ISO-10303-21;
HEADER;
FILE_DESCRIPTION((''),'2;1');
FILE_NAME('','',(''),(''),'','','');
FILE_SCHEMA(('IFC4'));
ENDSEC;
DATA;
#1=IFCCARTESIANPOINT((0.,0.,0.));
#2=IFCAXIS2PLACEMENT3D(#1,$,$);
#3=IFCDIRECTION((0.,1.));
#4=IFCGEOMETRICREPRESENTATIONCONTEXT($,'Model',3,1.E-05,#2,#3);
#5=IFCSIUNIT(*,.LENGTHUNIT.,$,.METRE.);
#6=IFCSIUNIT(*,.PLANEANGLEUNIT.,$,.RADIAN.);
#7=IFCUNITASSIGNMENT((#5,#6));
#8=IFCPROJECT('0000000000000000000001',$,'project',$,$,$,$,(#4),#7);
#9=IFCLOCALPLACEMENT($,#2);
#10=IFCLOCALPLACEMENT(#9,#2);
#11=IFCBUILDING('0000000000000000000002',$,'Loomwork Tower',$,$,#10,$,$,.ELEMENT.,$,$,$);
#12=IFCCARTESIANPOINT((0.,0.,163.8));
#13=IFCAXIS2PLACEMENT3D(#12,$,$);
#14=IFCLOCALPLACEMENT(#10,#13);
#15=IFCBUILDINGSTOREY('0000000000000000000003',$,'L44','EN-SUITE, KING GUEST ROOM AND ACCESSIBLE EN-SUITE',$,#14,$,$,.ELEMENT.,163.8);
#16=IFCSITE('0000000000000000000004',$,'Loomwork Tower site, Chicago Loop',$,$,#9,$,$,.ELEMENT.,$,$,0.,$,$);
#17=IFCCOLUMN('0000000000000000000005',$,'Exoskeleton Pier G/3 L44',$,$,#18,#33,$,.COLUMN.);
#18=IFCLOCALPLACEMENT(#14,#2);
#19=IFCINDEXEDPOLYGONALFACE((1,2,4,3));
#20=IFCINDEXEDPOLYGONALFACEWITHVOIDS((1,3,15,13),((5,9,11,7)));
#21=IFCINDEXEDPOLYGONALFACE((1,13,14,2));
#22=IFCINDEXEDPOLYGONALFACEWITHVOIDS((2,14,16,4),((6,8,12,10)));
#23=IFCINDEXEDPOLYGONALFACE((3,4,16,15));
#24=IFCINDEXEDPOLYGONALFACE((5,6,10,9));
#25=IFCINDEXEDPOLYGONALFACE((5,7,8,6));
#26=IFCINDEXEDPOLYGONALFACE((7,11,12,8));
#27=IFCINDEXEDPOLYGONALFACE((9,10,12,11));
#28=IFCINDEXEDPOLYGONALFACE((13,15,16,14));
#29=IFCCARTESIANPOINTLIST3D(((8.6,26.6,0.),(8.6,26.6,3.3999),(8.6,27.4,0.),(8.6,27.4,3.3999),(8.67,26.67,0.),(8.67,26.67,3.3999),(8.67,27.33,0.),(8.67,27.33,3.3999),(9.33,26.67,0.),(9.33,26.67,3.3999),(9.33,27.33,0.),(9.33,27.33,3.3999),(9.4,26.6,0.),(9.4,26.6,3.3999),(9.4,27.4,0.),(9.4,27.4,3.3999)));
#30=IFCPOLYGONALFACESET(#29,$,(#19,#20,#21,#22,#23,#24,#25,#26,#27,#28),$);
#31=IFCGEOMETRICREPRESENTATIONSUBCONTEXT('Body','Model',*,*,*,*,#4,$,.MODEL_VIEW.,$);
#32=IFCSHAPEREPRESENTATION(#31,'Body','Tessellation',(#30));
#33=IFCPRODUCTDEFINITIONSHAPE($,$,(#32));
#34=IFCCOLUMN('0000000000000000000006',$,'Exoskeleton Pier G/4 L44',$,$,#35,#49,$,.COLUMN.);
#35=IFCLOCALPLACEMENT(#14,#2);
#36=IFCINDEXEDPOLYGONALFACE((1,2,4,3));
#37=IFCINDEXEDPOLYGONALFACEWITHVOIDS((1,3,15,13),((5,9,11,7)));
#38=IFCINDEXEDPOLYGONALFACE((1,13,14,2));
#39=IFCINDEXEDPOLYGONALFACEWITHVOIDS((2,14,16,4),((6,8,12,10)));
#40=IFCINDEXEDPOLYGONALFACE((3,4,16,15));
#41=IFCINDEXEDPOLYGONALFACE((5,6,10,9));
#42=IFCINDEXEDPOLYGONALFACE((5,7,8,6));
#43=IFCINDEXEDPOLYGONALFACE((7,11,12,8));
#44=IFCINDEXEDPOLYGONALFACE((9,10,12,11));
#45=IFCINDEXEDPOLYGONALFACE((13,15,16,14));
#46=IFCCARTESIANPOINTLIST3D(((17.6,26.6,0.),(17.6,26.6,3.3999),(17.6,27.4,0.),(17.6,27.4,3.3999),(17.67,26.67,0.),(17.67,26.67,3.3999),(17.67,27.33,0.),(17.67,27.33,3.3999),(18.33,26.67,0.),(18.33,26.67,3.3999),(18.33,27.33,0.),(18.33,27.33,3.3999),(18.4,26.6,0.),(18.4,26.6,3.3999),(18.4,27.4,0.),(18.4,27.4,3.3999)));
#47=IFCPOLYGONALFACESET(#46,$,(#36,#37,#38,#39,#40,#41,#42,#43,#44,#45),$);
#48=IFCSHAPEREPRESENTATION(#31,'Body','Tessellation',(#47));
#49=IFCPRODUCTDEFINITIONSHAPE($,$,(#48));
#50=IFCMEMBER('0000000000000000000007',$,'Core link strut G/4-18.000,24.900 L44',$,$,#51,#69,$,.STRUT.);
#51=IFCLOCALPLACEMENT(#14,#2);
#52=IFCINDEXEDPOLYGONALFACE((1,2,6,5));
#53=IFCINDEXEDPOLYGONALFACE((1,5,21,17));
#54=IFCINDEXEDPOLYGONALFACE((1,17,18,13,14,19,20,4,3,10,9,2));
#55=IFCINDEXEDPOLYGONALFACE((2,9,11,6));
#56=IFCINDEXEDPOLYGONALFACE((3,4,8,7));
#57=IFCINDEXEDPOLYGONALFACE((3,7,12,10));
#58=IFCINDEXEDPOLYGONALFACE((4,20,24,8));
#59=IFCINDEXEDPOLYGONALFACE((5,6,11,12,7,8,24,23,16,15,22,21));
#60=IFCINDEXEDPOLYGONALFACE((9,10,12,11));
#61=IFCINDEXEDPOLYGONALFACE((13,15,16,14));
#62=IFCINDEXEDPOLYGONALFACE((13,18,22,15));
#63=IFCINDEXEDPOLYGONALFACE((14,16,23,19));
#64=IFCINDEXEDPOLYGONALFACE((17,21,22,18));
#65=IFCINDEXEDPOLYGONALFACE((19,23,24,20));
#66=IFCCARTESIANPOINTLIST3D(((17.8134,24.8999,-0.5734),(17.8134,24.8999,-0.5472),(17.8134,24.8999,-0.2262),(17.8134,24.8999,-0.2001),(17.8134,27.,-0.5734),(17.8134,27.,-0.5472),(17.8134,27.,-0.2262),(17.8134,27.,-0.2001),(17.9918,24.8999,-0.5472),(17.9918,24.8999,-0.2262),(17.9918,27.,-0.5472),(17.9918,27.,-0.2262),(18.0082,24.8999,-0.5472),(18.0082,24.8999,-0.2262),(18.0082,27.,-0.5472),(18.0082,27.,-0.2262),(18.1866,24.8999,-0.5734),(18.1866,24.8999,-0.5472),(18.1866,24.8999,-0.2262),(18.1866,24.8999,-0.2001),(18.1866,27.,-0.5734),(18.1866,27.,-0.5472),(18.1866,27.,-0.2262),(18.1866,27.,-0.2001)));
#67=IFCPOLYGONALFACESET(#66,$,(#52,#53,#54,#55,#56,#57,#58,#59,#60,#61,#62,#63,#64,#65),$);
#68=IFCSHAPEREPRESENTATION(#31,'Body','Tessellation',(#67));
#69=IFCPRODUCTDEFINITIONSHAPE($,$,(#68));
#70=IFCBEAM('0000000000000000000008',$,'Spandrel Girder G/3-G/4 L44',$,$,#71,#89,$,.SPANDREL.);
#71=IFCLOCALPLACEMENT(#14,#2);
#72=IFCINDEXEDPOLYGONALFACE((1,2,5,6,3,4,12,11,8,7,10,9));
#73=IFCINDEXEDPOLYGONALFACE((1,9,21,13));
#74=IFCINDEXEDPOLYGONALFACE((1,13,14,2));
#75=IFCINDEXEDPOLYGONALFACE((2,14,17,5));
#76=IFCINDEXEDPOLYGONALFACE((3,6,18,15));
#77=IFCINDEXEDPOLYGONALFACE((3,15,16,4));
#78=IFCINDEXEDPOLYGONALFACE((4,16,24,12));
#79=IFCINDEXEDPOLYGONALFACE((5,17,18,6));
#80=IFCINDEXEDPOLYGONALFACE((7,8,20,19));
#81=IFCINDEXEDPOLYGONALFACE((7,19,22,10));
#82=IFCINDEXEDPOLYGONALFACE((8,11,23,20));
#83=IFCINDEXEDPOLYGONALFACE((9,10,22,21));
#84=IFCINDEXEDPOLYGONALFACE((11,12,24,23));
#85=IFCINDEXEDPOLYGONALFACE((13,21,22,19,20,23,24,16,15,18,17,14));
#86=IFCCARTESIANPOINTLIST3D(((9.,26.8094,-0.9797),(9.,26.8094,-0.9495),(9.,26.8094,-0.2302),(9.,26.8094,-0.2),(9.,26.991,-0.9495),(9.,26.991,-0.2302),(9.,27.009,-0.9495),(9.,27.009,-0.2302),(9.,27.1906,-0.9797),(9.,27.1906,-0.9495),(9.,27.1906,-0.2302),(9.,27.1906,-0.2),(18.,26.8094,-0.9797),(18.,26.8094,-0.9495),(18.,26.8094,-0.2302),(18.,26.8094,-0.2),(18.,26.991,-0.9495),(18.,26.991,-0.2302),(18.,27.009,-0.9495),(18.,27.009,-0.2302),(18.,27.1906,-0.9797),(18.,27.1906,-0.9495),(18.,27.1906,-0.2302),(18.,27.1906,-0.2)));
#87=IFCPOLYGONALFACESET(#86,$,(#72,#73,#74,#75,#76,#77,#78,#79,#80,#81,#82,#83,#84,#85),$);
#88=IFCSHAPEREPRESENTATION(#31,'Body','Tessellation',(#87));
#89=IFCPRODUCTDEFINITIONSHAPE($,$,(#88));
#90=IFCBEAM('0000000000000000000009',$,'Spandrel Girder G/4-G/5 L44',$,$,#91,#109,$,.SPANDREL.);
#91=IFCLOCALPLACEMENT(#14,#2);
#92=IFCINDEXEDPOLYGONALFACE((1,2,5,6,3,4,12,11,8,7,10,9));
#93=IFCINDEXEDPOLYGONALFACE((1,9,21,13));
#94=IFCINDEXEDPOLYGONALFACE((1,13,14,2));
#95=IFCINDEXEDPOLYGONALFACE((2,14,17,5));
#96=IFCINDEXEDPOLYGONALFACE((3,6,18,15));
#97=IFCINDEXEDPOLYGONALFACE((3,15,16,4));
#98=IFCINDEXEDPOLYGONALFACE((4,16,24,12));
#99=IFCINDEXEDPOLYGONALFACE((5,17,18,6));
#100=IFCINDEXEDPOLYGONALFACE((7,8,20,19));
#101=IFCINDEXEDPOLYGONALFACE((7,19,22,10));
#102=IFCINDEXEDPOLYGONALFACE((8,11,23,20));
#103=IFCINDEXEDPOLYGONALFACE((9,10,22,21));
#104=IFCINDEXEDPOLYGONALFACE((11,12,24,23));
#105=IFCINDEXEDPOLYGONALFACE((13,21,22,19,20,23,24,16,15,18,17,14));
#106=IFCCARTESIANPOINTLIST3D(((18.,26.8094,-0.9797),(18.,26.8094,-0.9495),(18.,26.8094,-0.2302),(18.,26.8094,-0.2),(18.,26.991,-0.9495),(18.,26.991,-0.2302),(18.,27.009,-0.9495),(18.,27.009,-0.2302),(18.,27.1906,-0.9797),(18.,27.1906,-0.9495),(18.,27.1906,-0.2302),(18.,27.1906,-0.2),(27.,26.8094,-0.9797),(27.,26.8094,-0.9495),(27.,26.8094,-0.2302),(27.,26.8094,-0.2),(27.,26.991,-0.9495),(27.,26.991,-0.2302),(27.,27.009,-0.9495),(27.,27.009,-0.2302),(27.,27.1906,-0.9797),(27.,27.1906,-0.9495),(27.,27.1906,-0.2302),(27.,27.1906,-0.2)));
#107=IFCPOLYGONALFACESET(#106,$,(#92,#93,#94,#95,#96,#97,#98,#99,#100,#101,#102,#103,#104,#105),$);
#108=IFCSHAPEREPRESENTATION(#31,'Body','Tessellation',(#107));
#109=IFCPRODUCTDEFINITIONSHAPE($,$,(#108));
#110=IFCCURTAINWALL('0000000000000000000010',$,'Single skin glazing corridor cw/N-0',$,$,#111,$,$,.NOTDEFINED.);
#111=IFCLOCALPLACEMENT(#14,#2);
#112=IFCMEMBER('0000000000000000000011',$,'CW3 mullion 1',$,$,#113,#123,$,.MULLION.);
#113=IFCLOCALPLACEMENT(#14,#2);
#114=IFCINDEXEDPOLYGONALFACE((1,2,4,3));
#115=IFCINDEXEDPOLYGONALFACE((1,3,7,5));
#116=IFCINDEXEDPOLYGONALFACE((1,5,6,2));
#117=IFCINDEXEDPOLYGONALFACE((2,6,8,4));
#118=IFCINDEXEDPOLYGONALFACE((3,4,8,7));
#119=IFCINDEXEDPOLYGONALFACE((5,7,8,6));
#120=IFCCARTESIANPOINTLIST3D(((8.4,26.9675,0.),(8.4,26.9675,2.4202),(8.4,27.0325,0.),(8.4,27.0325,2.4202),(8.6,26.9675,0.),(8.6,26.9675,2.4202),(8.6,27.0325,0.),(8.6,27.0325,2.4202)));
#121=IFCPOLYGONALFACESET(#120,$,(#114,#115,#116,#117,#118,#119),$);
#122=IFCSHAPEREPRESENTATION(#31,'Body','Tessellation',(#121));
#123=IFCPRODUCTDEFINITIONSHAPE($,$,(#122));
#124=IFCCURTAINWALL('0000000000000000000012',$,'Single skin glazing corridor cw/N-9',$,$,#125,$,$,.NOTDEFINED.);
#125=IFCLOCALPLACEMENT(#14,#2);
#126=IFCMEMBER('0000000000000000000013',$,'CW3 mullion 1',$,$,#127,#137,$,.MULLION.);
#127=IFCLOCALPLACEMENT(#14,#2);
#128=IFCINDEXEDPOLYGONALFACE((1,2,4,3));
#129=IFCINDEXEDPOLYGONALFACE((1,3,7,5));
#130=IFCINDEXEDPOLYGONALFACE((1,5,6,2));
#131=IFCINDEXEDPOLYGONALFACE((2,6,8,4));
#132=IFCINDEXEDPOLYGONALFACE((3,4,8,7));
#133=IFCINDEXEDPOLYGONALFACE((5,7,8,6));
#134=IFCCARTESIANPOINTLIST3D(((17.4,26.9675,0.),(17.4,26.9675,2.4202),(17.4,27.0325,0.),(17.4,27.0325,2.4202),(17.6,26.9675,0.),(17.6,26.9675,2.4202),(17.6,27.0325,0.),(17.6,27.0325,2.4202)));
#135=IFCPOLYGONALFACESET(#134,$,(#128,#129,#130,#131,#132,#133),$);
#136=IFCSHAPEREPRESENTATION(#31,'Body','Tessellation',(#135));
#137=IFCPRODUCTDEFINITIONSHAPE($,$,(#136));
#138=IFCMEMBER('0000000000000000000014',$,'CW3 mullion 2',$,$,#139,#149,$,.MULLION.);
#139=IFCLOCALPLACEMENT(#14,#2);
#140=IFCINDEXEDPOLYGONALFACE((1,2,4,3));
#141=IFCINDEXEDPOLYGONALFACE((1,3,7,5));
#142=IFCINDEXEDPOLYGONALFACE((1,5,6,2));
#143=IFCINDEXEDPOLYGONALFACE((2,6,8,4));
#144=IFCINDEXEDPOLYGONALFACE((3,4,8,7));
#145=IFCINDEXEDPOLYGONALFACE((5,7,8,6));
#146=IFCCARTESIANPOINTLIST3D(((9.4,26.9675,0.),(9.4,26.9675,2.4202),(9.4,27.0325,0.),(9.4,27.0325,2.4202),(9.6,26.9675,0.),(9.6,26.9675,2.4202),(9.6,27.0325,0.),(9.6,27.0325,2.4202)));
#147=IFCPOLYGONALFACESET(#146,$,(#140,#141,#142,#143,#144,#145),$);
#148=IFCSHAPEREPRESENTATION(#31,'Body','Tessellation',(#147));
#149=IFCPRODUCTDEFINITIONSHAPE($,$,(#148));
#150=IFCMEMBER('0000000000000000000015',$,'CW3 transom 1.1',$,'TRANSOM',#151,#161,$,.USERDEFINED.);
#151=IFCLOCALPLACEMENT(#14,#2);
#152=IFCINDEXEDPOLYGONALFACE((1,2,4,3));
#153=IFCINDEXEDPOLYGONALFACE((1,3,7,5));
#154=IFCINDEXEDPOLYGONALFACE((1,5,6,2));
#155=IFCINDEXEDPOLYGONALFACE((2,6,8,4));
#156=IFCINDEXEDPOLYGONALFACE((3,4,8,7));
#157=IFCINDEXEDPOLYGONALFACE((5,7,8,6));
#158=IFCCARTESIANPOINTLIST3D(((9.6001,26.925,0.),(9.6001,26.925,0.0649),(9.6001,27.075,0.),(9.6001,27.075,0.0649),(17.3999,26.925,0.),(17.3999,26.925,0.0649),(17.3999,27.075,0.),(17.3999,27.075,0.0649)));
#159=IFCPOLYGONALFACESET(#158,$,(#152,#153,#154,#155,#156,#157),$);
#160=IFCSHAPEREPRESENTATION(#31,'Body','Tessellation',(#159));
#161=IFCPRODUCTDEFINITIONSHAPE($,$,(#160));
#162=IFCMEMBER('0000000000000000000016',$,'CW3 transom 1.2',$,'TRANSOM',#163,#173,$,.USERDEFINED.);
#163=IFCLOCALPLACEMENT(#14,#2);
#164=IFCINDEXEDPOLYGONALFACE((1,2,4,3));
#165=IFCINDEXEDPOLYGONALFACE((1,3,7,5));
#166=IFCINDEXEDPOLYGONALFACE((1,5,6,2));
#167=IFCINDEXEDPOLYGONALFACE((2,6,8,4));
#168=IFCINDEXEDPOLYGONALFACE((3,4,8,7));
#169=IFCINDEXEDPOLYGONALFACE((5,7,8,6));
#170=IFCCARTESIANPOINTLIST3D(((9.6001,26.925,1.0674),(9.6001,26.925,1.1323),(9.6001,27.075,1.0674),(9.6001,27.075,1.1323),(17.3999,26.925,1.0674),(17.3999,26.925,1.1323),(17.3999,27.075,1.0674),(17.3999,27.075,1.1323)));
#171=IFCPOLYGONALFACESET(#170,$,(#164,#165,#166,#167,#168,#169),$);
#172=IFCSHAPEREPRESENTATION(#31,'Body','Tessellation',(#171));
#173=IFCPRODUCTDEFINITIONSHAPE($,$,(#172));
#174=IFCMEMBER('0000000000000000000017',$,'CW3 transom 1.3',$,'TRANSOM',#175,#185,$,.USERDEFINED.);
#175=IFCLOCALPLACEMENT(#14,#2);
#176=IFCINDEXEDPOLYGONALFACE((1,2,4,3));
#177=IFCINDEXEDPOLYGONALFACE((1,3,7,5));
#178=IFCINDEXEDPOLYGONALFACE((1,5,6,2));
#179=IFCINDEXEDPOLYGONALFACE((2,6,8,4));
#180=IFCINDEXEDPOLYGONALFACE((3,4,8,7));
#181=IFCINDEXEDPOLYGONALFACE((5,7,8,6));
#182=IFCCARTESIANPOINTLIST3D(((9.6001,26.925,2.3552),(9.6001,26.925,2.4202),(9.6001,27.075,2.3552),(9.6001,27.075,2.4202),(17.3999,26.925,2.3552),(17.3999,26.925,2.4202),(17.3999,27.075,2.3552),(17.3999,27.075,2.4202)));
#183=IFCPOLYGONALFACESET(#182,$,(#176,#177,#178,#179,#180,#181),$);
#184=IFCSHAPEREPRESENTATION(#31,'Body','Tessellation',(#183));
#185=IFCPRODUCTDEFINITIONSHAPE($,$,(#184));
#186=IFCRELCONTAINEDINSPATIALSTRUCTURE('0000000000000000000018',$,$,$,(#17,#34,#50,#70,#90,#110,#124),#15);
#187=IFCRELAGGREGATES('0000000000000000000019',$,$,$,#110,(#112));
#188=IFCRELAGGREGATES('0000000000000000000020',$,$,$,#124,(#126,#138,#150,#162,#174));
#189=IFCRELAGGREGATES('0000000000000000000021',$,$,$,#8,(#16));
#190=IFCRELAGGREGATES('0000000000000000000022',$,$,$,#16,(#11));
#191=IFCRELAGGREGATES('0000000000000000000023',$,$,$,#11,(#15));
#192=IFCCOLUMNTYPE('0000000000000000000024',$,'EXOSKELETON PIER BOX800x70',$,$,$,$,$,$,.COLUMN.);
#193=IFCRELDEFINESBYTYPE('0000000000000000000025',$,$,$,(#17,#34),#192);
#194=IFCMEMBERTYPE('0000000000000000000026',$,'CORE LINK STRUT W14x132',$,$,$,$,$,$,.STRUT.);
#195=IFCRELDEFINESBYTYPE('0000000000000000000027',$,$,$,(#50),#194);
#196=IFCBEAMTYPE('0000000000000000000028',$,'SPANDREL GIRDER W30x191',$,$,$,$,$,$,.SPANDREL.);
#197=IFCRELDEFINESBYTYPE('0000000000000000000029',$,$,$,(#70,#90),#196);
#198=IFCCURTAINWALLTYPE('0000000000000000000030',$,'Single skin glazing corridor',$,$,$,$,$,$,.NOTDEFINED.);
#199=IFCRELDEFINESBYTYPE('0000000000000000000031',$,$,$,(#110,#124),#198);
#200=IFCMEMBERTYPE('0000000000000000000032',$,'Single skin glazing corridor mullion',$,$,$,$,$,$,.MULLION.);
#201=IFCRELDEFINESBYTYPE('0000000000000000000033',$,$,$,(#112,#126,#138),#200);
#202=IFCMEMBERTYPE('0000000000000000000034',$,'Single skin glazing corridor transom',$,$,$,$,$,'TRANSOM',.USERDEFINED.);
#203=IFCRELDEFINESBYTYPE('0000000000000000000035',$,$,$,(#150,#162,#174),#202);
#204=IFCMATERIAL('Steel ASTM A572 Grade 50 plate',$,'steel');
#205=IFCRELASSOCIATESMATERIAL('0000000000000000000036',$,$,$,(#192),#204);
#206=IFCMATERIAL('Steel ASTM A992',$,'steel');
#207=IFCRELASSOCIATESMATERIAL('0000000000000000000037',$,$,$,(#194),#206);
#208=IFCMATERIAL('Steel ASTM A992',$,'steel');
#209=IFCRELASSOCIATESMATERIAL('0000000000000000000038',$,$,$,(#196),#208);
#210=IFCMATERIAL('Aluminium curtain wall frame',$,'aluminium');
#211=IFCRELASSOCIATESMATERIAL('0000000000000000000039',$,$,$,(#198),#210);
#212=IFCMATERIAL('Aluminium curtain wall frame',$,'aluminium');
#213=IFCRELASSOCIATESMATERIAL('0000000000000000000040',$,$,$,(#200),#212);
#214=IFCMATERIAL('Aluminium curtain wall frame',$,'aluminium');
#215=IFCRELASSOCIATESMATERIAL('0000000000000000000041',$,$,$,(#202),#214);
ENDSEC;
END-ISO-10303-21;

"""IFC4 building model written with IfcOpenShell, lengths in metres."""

from ifc_helpers import new_model, si_unit, direction, frame, origin, origin_2d, place, context, subcontext, project, spatial, rectangle, hollow_rectangle, i_section, extrude, material, material_profile, profile_set, type_object, element, aggregate, save


model = new_model("IFC4")

# Units and contexts
model_context = context("Model", 3, precision=1e-05, world=origin(), true_north=direction((0.0, 1.0)))
body_context = subcontext(model_context, "Body", "Model", "MODEL_VIEW")
ifc_project = project(units=[si_unit("LENGTHUNIT", "METRE"), si_unit("PLANEANGLEUNIT", "RADIAN")], contexts=[model_context])

# Site, building, storey
site_placement = place(None, origin())
site = spatial("IfcSite", under=ifc_project, at=site_placement, Name="Loomwork Tower site, Chicago Loop", CompositionType="ELEMENT", RefElevation=0.0)
building_placement = place(site_placement, origin())
building = spatial("IfcBuilding", under=site, at=building_placement, Name="Loomwork Tower", CompositionType="ELEMENT")
storey_placement = place(building_placement, frame((0.0, 0.0, 163.8)))
storey = spatial("IfcBuildingStorey", under=building, at=storey_placement, Name="L44", Description="EN-SUITE, KING GUEST ROOM AND ACCESSIBLE EN-SUITE", CompositionType="ELEMENT", Elevation=163.8)

# Columns
ifc_material_1 = material(Name="Steel ASTM A572 Grade 50 plate", Category="steel")
ifc_material_profile_1 = material_profile(ifc_material_1, hollow_rectangle(XDim=0.8, YDim=0.8, WallThickness=0.0701, at=origin_2d()), Name="BOX800x70")
ifc_profile_set_1 = profile_set([ifc_material_profile_1], Name="Steel ASTM A572 Grade 50 plate")
column_type = type_object("IfcColumnType", Name="EXOSKELETON PIER BOX800x70", PredefinedType="COLUMN", material=ifc_profile_set_1)
for number, where, z_axis, x_axis, name in (
    (1, (9.0, 27.0, 0.0), (0.0, 0.0, 1.0), (1.0, 0.0, 0.0), "Exoskeleton Pier G/3 L44"),
    (2, (18.0, 27.0, 0.0), (0.0, 0.0, 1.0), (1.0, 0.0, 0.0), "Exoskeleton Pier G/4 L44"),
):
    element("IfcColumn", number, at=place(storey_placement, frame(where, z_axis=z_axis, x_axis=x_axis)), inside=storey, type_object=column_type, Name=name, PredefinedType="COLUMN", context=body_context, shape_type="SweptSolid", body=[
        extrude(hollow_rectangle(XDim=0.8, YDim=0.8, WallThickness=0.0701, at=origin_2d()), origin(), (0.0, 0.0, 1.0), 3.3999),
    ])

# Member
ifc_material_2 = material(Name="Steel ASTM A992", Category="steel")
ifc_material_profile_2 = material_profile(ifc_material_2, i_section(OverallWidth=0.3733, OverallDepth=0.3733, WebThickness=0.0164, FlangeThickness=0.0261, at=origin_2d()), Name="W14x132")
ifc_profile_set_2 = profile_set([ifc_material_profile_2], Name="Steel ASTM A992")
member_type_1 = type_object("IfcMemberType", Name="CORE LINK STRUT W14x132", PredefinedType="STRUT", material=ifc_profile_set_2)
member_1_placement = place(storey_placement, frame((18.0, 27.0, -0.3867), z_axis=(0.0, -1.0, 0.0), x_axis=(1.0, 0.0, 0.0)))
element("IfcMember", 3, at=member_1_placement, inside=storey, type_object=member_type_1, Name="Core link strut G/4-18.000,24.900 L44", PredefinedType="STRUT", context=body_context, shape_type="SweptSolid", body=[
    extrude(i_section(OverallWidth=0.3733, OverallDepth=0.3733, WebThickness=0.0164, FlangeThickness=0.0261, at=origin_2d()), origin(), (0.0, 0.0, 1.0), 2.1001),
])

# Beams
ifc_material_3 = material(Name="Steel ASTM A992", Category="steel")
ifc_material_profile_3 = material_profile(ifc_material_3, i_section(OverallWidth=0.3811, OverallDepth=0.7798, WebThickness=0.0181, FlangeThickness=0.0303, at=origin_2d()), Name="W30x191")
ifc_profile_set_3 = profile_set([ifc_material_profile_3], Name="Steel ASTM A992")
beam_type = type_object("IfcBeamType", Name="SPANDREL GIRDER W30x191", PredefinedType="SPANDREL", material=ifc_profile_set_3)
for number, where, z_axis, x_axis, name in (
    (4, (9.0, 27.0, -0.5898), (1.0, 0.0, 0.0), (0.0, 1.0, 0.0), "Spandrel Girder G/3-G/4 L44"),
    (5, (18.0, 27.0, -0.5898), (1.0, 0.0, 0.0), (0.0, 1.0, 0.0), "Spandrel Girder G/4-G/5 L44"),
):
    element("IfcBeam", number, at=place(storey_placement, frame(where, z_axis=z_axis, x_axis=x_axis)), inside=storey, type_object=beam_type, Name=name, PredefinedType="SPANDREL", context=body_context, shape_type="SweptSolid", body=[
        extrude(i_section(OverallWidth=0.3811, OverallDepth=0.7798, WebThickness=0.0181, FlangeThickness=0.0303, at=origin_2d()), origin(), (0.0, 0.0, 1.0), 9.0),
    ])

# Curtain wall, member
ifc_material_4 = material(Name="Aluminium curtain wall frame", Category="aluminium")
curtain_wall_type = type_object("IfcCurtainWallType", Name="Single skin glazing corridor", PredefinedType="NOTDEFINED", material=ifc_material_4)
curtain_wall_1_placement = place(storey_placement, origin())
curtain_wall_1 = element("IfcCurtainWall", 6, at=curtain_wall_1_placement, inside=storey, type_object=curtain_wall_type, Name="Single skin glazing corridor cw/N-0", PredefinedType="NOTDEFINED")
ifc_material_5 = material(Name="Aluminium curtain wall frame", Category="aluminium")
ifc_material_profile_4 = material_profile(ifc_material_5, rectangle(XDim=0.0649, YDim=0.2, at=origin_2d()), Name="AL 65x200")
ifc_profile_set_4 = profile_set([ifc_material_profile_4], Name="Aluminium curtain wall frame")
member_type_2 = type_object("IfcMemberType", Name="Single skin glazing corridor mullion", PredefinedType="MULLION", material=ifc_profile_set_4)
member_2_placement = place(storey_placement, frame((8.5, 27.0, 0.0), z_axis=(0.0, 0.0, 1.0), x_axis=(0.0, -1.0, 0.0)))
member_2 = element("IfcMember", 7, at=member_2_placement, type_object=member_type_2, Name="CW3 mullion 1", PredefinedType="MULLION", context=body_context, shape_type="SweptSolid", body=[
    extrude(rectangle(XDim=0.0649, YDim=0.2, at=origin_2d()), origin(), (0.0, 0.0, 1.0), 2.4202),
])
aggregate(curtain_wall_1, [member_2])

# Curtain wall, members
curtain_wall_2_placement = place(storey_placement, origin())
curtain_wall_2 = element("IfcCurtainWall", 8, at=curtain_wall_2_placement, inside=storey, type_object=curtain_wall_type, Name="Single skin glazing corridor cw/N-9", PredefinedType="NOTDEFINED")
member_3_placement = place(storey_placement, frame((17.5, 27.0, 0.0), z_axis=(0.0, 0.0, 1.0), x_axis=(0.0, -1.0, 0.0)))
member_3 = element("IfcMember", 9, at=member_3_placement, type_object=member_type_2, Name="CW3 mullion 1", PredefinedType="MULLION", context=body_context, shape_type="SweptSolid", body=[
    extrude(rectangle(XDim=0.0649, YDim=0.2, at=origin_2d()), origin(), (0.0, 0.0, 1.0), 2.4202),
])
member_4_placement = place(storey_placement, frame((9.5, 27.0, 0.0), z_axis=(0.0, 0.0, 1.0), x_axis=(0.0, -1.0, 0.0)))
member_4 = element("IfcMember", 10, at=member_4_placement, type_object=member_type_2, Name="CW3 mullion 2", PredefinedType="MULLION", context=body_context, shape_type="SweptSolid", body=[
    extrude(rectangle(XDim=0.0649, YDim=0.2, at=origin_2d()), origin(), (0.0, 0.0, 1.0), 2.4202),
])
ifc_material_6 = material(Name="Aluminium curtain wall frame", Category="aluminium")
ifc_material_profile_5 = material_profile(ifc_material_6, rectangle(XDim=0.1499, YDim=0.0649, at=origin_2d()), Name="AL 65x150")
ifc_profile_set_5 = profile_set([ifc_material_profile_5], Name="Aluminium curtain wall frame")
member_type_3 = type_object("IfcMemberType", Name="Single skin glazing corridor transom", ElementType="TRANSOM", PredefinedType="USERDEFINED", material=ifc_profile_set_5)
member_5_placement = place(storey_placement, frame((17.3999, 27.0, 0.0325), z_axis=(-1.0, 0.0, 0.0), x_axis=(0.0, -1.0, 0.0)))
member_5 = element("IfcMember", 11, at=member_5_placement, type_object=member_type_3, Name="CW3 transom 1.1", ObjectType="TRANSOM", PredefinedType="USERDEFINED", context=body_context, shape_type="SweptSolid", body=[
    extrude(rectangle(XDim=0.1499, YDim=0.0649, at=origin_2d()), origin(), (0.0, 0.0, 1.0), 7.7998),
])
member_6_placement = place(storey_placement, frame((17.3999, 27.0, 1.0999), z_axis=(-1.0, 0.0, 0.0), x_axis=(0.0, -1.0, 0.0)))
member_6 = element("IfcMember", 12, at=member_6_placement, type_object=member_type_3, Name="CW3 transom 1.2", ObjectType="TRANSOM", PredefinedType="USERDEFINED", context=body_context, shape_type="SweptSolid", body=[
    extrude(rectangle(XDim=0.1499, YDim=0.0649, at=origin_2d()), origin(), (0.0, 0.0, 1.0), 7.7998),
])
member_7_placement = place(storey_placement, frame((17.3999, 27.0, 2.3877), z_axis=(-1.0, 0.0, 0.0), x_axis=(0.0, -1.0, 0.0)))
member_7 = element("IfcMember", 13, at=member_7_placement, type_object=member_type_3, Name="CW3 transom 1.3", ObjectType="TRANSOM", PredefinedType="USERDEFINED", context=body_context, shape_type="SweptSolid", body=[
    extrude(rectangle(XDim=0.1499, YDim=0.0649, at=origin_2d()), origin(), (0.0, 0.0, 1.0), 7.7998),
])
aggregate(curtain_wall_2, [member_3, member_4, member_5, member_6, member_7])

save(model, "model.ifc")
